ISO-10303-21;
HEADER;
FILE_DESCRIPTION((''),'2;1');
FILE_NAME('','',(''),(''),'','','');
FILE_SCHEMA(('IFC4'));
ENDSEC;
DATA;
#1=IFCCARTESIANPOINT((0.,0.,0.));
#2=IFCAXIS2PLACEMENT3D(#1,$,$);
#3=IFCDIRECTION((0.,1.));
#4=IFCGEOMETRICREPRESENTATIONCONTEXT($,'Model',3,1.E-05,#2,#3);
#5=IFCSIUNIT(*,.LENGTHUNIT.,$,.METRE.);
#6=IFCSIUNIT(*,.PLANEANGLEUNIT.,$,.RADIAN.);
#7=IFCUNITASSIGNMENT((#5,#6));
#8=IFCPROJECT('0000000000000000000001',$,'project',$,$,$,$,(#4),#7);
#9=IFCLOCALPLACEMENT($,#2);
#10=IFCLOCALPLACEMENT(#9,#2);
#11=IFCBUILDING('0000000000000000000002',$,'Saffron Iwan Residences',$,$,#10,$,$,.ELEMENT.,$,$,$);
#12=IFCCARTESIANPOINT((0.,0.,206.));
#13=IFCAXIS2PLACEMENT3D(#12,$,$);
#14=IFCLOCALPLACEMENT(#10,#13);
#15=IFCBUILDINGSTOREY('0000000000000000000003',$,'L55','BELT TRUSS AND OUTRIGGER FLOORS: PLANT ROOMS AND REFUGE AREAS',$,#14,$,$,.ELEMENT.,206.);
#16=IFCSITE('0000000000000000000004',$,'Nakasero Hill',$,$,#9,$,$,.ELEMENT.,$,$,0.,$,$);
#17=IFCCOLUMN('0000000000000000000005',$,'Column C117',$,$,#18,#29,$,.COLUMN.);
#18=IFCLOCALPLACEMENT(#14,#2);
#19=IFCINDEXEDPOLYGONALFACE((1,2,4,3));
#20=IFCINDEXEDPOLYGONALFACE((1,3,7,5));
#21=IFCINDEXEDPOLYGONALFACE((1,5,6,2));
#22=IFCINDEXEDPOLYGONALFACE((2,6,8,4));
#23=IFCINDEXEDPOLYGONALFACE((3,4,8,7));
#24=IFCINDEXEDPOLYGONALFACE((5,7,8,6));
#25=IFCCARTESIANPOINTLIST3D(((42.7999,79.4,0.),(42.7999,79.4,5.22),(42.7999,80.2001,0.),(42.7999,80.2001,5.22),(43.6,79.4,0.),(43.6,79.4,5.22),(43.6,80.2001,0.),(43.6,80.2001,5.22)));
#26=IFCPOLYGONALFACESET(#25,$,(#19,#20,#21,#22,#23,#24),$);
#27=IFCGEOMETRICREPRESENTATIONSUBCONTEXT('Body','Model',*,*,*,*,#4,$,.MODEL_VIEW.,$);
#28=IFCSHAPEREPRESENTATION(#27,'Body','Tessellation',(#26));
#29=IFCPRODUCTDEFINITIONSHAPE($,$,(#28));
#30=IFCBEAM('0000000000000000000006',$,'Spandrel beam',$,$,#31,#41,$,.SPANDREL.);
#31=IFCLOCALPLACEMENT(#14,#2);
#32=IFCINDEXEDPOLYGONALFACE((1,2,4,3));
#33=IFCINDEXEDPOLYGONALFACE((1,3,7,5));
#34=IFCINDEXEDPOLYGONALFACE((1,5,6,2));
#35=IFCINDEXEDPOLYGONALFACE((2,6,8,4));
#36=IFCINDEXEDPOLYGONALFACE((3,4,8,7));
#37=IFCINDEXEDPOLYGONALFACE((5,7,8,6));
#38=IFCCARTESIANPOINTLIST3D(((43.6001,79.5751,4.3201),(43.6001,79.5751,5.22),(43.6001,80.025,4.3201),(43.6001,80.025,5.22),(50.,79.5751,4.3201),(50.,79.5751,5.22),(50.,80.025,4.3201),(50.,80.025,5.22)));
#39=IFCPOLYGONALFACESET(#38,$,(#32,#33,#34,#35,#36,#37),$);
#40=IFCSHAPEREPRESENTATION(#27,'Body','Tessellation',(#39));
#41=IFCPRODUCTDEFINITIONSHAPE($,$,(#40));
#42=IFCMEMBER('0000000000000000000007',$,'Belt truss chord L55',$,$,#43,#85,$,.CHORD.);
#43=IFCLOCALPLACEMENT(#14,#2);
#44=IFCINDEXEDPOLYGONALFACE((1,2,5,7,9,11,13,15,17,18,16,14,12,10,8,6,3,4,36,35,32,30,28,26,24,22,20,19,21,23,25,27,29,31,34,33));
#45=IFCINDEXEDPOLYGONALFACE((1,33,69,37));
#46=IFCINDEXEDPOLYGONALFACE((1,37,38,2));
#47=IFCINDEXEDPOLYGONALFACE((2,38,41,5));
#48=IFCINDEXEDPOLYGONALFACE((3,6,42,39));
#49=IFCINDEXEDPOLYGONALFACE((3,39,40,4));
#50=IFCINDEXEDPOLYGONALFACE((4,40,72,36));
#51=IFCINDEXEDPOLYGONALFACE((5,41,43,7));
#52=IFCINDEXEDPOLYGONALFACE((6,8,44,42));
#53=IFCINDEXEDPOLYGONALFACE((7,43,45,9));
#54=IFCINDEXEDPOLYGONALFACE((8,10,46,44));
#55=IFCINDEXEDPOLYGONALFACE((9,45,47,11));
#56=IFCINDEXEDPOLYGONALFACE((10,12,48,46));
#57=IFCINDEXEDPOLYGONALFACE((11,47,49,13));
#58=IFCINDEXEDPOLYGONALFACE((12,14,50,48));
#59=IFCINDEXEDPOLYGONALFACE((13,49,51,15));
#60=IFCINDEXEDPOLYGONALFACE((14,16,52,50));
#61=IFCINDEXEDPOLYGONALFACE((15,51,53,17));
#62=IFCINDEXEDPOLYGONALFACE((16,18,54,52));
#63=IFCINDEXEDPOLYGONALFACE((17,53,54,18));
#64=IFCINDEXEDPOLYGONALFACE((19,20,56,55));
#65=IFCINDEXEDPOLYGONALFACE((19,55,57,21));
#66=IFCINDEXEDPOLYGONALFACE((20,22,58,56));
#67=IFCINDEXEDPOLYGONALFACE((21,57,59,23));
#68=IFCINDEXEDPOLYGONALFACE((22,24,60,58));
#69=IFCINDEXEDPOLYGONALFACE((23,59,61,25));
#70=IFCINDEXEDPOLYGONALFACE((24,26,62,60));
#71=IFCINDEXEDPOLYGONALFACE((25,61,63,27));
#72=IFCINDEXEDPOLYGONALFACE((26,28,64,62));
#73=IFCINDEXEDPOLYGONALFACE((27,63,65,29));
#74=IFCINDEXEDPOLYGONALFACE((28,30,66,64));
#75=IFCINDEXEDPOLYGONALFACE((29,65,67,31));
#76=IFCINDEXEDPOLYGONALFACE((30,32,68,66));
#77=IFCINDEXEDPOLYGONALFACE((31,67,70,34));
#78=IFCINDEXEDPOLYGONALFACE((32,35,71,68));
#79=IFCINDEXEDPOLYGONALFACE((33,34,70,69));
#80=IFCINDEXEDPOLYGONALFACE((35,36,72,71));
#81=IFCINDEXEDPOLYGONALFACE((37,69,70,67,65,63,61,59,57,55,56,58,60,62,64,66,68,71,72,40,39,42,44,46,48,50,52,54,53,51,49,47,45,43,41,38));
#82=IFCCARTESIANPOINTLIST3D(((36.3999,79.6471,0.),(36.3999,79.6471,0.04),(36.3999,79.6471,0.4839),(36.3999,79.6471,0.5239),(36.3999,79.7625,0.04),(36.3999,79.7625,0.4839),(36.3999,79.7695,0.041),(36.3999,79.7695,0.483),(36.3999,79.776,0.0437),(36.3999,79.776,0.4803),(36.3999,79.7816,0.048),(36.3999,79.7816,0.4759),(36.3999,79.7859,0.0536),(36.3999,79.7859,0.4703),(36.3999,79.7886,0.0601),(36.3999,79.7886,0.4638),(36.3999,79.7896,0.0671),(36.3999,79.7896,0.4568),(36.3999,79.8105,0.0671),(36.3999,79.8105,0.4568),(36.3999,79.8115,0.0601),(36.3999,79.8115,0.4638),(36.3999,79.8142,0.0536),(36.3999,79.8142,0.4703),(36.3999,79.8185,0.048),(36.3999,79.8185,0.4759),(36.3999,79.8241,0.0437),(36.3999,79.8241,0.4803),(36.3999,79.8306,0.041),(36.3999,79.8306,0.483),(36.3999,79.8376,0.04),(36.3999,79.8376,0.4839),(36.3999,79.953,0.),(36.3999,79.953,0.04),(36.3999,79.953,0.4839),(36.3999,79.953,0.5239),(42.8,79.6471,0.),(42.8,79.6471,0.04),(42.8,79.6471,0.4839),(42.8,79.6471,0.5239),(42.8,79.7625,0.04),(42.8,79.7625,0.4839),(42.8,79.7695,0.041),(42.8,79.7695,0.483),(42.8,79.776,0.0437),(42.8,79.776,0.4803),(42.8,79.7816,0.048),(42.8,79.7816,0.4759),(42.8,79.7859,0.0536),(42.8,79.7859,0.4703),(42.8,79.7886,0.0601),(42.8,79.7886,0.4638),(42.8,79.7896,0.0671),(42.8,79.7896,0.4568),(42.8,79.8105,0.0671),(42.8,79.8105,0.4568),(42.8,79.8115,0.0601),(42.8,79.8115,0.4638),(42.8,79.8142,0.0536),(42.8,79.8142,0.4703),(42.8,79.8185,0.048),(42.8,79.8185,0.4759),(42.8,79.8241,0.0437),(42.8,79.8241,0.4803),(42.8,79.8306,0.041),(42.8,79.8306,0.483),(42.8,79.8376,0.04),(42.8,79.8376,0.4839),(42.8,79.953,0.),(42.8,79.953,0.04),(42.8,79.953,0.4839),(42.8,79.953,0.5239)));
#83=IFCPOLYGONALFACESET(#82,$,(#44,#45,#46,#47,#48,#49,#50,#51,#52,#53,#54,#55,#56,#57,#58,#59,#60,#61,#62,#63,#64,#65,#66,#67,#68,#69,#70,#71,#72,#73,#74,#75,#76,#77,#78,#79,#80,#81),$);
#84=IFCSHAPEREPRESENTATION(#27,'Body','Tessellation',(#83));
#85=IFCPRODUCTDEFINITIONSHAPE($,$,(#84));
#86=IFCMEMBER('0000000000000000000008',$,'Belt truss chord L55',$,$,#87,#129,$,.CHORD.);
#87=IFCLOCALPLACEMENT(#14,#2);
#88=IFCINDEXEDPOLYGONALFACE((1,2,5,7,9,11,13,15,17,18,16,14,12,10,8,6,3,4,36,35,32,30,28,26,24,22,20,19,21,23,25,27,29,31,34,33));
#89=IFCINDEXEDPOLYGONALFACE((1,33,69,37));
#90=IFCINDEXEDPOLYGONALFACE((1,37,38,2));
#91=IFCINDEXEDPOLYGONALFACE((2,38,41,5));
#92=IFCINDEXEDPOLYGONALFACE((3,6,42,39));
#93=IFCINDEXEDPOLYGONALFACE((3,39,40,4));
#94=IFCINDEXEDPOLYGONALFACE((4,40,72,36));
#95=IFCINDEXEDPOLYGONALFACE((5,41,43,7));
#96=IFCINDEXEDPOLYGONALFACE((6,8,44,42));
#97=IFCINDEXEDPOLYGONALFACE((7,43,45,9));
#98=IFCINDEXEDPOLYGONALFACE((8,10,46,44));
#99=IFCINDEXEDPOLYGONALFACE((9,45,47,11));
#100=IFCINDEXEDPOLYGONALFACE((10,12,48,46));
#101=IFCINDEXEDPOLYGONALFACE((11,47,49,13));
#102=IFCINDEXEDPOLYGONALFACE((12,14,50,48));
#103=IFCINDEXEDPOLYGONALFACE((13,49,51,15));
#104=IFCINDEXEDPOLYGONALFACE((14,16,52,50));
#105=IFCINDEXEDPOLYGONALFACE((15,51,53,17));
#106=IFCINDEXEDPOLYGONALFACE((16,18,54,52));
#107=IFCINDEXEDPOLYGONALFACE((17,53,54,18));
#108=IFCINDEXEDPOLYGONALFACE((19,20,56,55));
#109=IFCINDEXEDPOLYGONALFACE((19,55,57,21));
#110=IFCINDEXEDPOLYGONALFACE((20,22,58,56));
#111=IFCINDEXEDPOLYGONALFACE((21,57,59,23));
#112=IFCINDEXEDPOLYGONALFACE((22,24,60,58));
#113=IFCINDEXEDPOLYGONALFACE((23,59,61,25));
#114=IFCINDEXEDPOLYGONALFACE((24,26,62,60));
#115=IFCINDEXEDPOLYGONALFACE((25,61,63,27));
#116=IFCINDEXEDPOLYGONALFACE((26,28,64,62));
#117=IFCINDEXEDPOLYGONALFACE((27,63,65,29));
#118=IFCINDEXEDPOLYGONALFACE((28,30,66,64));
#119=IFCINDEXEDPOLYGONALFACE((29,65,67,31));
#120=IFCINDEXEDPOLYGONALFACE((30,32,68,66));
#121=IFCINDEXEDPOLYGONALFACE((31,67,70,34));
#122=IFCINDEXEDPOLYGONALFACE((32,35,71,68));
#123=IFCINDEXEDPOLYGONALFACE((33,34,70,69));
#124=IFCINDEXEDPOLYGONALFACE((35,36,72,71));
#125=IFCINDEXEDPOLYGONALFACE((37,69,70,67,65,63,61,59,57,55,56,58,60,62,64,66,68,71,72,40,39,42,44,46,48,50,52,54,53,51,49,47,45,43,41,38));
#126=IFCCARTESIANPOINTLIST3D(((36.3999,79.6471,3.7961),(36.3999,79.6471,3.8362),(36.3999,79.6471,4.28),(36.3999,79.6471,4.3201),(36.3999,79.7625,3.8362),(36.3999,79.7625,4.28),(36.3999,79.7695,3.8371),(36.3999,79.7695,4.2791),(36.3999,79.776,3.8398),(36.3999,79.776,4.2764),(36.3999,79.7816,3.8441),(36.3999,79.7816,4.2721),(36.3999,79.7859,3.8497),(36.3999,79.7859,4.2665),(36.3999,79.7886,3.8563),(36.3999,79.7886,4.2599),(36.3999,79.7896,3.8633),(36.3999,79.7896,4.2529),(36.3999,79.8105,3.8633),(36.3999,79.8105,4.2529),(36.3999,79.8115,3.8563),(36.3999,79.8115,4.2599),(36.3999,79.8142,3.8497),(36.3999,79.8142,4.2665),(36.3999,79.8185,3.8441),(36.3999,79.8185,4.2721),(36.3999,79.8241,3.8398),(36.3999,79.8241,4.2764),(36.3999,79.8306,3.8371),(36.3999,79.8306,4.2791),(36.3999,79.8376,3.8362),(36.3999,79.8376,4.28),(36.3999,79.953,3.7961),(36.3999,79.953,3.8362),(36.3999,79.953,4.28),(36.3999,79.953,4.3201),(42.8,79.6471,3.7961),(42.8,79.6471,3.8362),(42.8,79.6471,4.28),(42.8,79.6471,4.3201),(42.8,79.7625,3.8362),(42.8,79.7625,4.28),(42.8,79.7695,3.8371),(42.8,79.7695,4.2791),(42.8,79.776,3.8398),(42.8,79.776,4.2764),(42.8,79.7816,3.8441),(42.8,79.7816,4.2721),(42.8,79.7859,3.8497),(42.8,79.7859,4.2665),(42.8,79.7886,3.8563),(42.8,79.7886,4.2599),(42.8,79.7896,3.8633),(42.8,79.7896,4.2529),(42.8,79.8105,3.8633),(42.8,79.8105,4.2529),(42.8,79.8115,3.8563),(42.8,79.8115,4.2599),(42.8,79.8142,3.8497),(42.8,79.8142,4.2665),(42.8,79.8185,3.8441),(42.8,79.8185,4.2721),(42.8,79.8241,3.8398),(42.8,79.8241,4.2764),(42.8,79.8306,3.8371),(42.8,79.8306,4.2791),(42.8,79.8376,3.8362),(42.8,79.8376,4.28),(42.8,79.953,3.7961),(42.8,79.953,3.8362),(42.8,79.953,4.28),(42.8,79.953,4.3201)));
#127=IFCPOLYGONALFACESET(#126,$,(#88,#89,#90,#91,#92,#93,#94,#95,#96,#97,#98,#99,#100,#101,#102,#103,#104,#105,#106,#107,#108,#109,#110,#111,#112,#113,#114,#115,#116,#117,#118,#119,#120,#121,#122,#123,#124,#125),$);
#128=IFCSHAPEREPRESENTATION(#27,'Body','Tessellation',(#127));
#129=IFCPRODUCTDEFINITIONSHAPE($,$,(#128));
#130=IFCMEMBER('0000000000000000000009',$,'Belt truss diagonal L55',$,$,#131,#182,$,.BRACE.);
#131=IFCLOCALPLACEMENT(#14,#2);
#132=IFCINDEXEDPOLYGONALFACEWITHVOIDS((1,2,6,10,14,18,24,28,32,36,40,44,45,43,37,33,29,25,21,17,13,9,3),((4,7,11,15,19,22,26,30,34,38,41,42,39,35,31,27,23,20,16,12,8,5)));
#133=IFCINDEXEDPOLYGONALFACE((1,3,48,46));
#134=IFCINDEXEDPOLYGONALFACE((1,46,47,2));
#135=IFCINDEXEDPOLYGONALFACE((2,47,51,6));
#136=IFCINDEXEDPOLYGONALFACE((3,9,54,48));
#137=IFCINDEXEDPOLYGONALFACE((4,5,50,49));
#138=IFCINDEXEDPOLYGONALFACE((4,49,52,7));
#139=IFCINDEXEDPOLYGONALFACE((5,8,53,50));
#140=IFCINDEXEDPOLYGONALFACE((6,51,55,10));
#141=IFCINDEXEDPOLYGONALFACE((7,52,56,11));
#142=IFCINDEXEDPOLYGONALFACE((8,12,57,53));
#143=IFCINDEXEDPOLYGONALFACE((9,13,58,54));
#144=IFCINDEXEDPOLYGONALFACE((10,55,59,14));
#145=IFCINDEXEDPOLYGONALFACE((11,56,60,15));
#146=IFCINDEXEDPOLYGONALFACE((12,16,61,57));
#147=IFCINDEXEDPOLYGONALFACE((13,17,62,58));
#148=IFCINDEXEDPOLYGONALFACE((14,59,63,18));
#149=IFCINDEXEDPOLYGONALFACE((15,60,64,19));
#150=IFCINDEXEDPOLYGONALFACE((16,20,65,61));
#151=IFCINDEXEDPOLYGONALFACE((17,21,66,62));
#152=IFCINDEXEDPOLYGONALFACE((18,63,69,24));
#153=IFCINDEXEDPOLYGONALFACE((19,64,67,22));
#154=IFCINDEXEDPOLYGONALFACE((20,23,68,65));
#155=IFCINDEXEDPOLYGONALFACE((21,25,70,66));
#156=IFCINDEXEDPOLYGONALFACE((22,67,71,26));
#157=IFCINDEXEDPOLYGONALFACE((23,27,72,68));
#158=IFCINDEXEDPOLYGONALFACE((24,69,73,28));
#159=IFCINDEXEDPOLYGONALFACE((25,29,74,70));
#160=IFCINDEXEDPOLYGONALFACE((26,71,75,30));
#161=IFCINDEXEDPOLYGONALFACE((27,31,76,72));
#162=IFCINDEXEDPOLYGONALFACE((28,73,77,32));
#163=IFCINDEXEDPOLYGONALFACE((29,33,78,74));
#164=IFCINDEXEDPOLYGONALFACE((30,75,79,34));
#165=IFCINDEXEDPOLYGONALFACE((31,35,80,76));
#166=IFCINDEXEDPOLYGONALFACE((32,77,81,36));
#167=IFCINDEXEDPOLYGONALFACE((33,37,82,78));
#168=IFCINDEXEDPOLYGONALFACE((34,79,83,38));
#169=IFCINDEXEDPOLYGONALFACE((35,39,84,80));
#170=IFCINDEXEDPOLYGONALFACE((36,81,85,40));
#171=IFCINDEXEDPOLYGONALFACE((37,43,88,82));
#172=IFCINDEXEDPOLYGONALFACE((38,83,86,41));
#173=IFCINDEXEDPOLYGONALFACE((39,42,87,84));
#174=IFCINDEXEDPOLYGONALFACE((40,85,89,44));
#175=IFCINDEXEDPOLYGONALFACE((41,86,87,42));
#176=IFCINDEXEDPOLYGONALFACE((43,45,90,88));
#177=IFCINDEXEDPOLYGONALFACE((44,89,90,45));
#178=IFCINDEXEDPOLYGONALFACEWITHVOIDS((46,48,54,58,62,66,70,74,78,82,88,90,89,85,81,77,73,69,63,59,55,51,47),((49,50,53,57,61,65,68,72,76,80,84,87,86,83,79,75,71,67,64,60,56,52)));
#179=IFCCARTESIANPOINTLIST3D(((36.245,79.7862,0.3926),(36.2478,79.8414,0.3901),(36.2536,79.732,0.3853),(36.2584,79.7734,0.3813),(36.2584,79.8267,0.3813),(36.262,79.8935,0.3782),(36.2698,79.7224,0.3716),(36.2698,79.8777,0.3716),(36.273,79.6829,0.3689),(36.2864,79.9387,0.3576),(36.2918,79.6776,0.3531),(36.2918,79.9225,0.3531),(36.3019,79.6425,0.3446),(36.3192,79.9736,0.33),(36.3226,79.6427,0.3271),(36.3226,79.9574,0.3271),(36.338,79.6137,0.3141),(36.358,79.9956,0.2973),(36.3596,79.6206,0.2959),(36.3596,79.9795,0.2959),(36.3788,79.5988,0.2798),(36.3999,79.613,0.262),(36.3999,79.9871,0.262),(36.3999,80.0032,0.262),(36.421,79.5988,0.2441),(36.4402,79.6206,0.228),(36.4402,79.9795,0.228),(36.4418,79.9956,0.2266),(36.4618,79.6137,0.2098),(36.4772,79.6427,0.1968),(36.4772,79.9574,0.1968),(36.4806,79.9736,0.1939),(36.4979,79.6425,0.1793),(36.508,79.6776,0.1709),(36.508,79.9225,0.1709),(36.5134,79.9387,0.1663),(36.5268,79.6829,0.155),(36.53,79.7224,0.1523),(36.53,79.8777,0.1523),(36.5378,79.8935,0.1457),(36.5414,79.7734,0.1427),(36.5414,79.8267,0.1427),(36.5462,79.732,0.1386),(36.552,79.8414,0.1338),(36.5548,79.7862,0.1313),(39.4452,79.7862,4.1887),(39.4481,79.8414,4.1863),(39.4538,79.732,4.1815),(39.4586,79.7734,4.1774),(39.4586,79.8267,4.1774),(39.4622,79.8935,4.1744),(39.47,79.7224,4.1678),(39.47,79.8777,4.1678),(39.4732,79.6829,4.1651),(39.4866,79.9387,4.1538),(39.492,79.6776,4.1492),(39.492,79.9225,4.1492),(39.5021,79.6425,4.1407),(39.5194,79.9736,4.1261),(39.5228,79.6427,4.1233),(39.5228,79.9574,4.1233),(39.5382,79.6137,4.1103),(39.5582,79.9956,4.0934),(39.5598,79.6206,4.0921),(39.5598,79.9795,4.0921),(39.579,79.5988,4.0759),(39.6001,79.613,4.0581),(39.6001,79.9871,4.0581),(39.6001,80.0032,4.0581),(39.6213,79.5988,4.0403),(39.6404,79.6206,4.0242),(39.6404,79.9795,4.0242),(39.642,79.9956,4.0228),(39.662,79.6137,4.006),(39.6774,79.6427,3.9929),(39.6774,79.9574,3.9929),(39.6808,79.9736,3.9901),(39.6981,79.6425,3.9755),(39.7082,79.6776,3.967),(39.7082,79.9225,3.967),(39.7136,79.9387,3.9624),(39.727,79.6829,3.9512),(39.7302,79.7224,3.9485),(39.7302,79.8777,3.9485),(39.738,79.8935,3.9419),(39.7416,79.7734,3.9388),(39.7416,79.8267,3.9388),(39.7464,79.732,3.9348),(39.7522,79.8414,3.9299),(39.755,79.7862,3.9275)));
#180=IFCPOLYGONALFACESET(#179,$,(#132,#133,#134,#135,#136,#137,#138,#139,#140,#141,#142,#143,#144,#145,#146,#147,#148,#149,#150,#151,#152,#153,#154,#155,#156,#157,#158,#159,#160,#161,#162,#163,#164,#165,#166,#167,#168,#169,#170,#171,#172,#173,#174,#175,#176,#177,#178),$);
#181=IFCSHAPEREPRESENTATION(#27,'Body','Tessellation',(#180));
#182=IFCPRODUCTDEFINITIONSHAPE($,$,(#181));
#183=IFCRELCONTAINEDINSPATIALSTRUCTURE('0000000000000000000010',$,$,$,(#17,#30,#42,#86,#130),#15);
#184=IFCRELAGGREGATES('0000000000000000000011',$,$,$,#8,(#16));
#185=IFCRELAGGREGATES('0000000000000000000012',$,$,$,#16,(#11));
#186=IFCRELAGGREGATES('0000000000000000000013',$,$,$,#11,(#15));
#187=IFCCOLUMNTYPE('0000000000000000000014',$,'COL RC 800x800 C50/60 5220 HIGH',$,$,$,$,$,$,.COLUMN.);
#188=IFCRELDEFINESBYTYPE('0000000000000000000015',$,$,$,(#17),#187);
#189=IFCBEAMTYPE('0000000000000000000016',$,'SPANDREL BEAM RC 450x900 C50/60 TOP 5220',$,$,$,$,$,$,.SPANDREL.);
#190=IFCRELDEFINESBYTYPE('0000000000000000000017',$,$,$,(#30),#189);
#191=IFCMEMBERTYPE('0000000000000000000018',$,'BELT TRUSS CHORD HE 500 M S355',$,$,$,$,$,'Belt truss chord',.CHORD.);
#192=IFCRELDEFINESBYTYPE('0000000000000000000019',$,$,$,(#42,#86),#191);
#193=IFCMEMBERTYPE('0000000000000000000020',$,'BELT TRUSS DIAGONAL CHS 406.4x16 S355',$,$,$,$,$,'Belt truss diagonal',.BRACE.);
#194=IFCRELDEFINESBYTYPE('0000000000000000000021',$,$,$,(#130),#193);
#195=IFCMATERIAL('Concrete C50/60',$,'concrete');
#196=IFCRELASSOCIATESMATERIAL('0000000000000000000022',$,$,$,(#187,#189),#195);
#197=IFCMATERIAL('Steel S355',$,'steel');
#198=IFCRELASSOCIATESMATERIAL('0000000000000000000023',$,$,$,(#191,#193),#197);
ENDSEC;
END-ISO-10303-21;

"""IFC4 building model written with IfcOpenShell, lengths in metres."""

from ifc_helpers import new_model, si_unit, direction, frame, origin, origin_2d, place, context, subcontext, project, spatial, rectangle, hollow_circle, i_section, extrude, source, transform, mapped, material, material_profile, profile_set, type_object, element, save


model = new_model("IFC4")

# Units and contexts
model_context = context("Model", 3, precision=1e-05, world=origin(), true_north=direction((0.0, 1.0)))
body_context = subcontext(model_context, "Body", "Model", "MODEL_VIEW")
ifc_project = project(units=[si_unit("LENGTHUNIT", "METRE"), si_unit("PLANEANGLEUNIT", "RADIAN")], contexts=[model_context])

# Site, building, storey
site_placement = place(None, origin())
site = spatial("IfcSite", under=ifc_project, at=site_placement, Name="Nakasero Hill", CompositionType="ELEMENT", RefElevation=0.0)
building_placement = place(site_placement, origin())
building = spatial("IfcBuilding", under=site, at=building_placement, Name="Saffron Iwan Residences", CompositionType="ELEMENT")
storey_placement = place(building_placement, frame((0.0, 0.0, 206.0)))
storey = spatial("IfcBuildingStorey", under=building, at=storey_placement, Name="L55", Description="BELT TRUSS AND OUTRIGGER FLOORS: PLANT ROOMS AND REFUGE AREAS", CompositionType="ELEMENT", Elevation=206.0)

# Column
ifc_material_1 = material(Name="Concrete C50/60", Category="concrete")
ifc_material_profile_1 = material_profile(ifc_material_1, rectangle(XDim=0.8, YDim=0.8, at=origin_2d()), Name="RC 800x800")
ifc_profile_set_1 = profile_set([ifc_material_profile_1], Name="Concrete C50/60")
column_type = type_object("IfcColumnType", Name="COL RC 800x800 C50/60 5220 HIGH", PredefinedType="COLUMN", material=ifc_profile_set_1)
shared_shape_1 = source(origin(), body_context, "Body", "SweptSolid", [
    extrude(rectangle(XDim=0.8, YDim=0.8, at=origin_2d()), origin(), (0.0, 0.0, 1.0), 5.22),
])
column_placement = place(storey_placement, frame((43.2, 79.8, 0.0), z_axis=(0.0, 0.0, 1.0), x_axis=(1.0, 0.0, 0.0)))
element("IfcColumn", 1, at=column_placement, inside=storey, type_object=column_type, Name="Column C117", PredefinedType="COLUMN", context=body_context, shape_type="MappedRepresentation", body=[
    mapped(shared_shape_1, transform((0.0, 0.0, 0.0))),
])

# Beam
ifc_material_profile_2 = material_profile(ifc_material_1, rectangle(XDim=0.45, YDim=0.8999, at=origin_2d()), Name="RC 450x900")
ifc_profile_set_2 = profile_set([ifc_material_profile_2], Name="Concrete C50/60")
beam_type = type_object("IfcBeamType", Name="SPANDREL BEAM RC 450x900 C50/60 TOP 5220", PredefinedType="SPANDREL", material=ifc_profile_set_2)
shared_shape_2 = source(origin(), body_context, "Body", "SweptSolid", [
    extrude(rectangle(XDim=0.45, YDim=0.8999, at=origin_2d()), origin(), (0.0, 0.0, 1.0), 6.3999),
])
beam_placement = place(storey_placement, frame((43.6001, 79.8, 4.77), z_axis=(1.0, 0.0, 0.0), x_axis=(0.0, 1.0, 0.0)))
element("IfcBeam", 2, at=beam_placement, inside=storey, type_object=beam_type, Name="Spandrel beam", PredefinedType="SPANDREL", context=body_context, shape_type="MappedRepresentation", body=[
    mapped(shared_shape_2, transform((0.0, 0.0, 0.0))),
])

# Members
ifc_material_2 = material(Name="Steel S355", Category="steel")
ifc_material_profile_3 = material_profile(ifc_material_2, i_section(OverallWidth=0.3059, OverallDepth=0.5239, WebThickness=0.021, FlangeThickness=0.04, FilletRadius=0.0271, at=origin_2d()), Name="HE 500 M")
ifc_profile_set_3 = profile_set([ifc_material_profile_3], Name="Steel S355")
member_type_1 = type_object("IfcMemberType", Name="BELT TRUSS CHORD HE 500 M S355", ElementType="Belt truss chord", PredefinedType="CHORD", material=ifc_profile_set_3)
shared_shape_3 = source(origin(), body_context, "Body", "SweptSolid", [
    extrude(i_section(OverallWidth=0.3059, OverallDepth=0.5239, WebThickness=0.021, FlangeThickness=0.04, FilletRadius=0.0271, at=origin_2d()), origin(), (0.0, 0.0, 1.0), 6.4001),
])
for number, where, z_axis, x_axis, name in (
    (3, (36.3999, 79.8, 0.262), (1.0, 0.0, 0.0), (0.0, 1.0, 0.0), "Belt truss chord L55"),
    (4, (36.3999, 79.8, 4.0581), (1.0, 0.0, 0.0), (0.0, 1.0, 0.0), "Belt truss chord L55"),
):
    element("IfcMember", number, at=place(storey_placement, frame(where, z_axis=z_axis, x_axis=x_axis)), inside=storey, type_object=member_type_1, Name=name, PredefinedType="CHORD", context=body_context, shape_type="MappedRepresentation", body=[
        mapped(shared_shape_3, transform((0.0, 0.0, 0.0))),
    ])
ifc_material_profile_4 = material_profile(ifc_material_2, hollow_circle(Radius=0.2031, WallThickness=0.0161, at=origin_2d()), Name="CHS 406.4x16")
ifc_profile_set_4 = profile_set([ifc_material_profile_4], Name="Steel S355")
member_type_2 = type_object("IfcMemberType", Name="BELT TRUSS DIAGONAL CHS 406.4x16 S355", ElementType="Belt truss diagonal", PredefinedType="BRACE", material=ifc_profile_set_4)
shared_shape_4 = source(origin(), body_context, "Body", "SweptSolid", [
    extrude(hollow_circle(Radius=0.2031, WallThickness=0.0161, at=origin_2d()), origin(), (0.0, 0.0, 1.0), 4.9651),
])
member_1_placement = place(storey_placement, frame((36.3999, 79.8, 0.262), z_axis=(0.644541, 0.0, 0.764569), x_axis=(0.0, 1.0, 0.0)))
element("IfcMember", 5, at=member_1_placement, inside=storey, type_object=member_type_2, Name="Belt truss diagonal L55", PredefinedType="BRACE", context=body_context, shape_type="MappedRepresentation", body=[
    mapped(shared_shape_4, transform((0.0, 0.0, 0.0))),
])

save(model, "model.ifc")
